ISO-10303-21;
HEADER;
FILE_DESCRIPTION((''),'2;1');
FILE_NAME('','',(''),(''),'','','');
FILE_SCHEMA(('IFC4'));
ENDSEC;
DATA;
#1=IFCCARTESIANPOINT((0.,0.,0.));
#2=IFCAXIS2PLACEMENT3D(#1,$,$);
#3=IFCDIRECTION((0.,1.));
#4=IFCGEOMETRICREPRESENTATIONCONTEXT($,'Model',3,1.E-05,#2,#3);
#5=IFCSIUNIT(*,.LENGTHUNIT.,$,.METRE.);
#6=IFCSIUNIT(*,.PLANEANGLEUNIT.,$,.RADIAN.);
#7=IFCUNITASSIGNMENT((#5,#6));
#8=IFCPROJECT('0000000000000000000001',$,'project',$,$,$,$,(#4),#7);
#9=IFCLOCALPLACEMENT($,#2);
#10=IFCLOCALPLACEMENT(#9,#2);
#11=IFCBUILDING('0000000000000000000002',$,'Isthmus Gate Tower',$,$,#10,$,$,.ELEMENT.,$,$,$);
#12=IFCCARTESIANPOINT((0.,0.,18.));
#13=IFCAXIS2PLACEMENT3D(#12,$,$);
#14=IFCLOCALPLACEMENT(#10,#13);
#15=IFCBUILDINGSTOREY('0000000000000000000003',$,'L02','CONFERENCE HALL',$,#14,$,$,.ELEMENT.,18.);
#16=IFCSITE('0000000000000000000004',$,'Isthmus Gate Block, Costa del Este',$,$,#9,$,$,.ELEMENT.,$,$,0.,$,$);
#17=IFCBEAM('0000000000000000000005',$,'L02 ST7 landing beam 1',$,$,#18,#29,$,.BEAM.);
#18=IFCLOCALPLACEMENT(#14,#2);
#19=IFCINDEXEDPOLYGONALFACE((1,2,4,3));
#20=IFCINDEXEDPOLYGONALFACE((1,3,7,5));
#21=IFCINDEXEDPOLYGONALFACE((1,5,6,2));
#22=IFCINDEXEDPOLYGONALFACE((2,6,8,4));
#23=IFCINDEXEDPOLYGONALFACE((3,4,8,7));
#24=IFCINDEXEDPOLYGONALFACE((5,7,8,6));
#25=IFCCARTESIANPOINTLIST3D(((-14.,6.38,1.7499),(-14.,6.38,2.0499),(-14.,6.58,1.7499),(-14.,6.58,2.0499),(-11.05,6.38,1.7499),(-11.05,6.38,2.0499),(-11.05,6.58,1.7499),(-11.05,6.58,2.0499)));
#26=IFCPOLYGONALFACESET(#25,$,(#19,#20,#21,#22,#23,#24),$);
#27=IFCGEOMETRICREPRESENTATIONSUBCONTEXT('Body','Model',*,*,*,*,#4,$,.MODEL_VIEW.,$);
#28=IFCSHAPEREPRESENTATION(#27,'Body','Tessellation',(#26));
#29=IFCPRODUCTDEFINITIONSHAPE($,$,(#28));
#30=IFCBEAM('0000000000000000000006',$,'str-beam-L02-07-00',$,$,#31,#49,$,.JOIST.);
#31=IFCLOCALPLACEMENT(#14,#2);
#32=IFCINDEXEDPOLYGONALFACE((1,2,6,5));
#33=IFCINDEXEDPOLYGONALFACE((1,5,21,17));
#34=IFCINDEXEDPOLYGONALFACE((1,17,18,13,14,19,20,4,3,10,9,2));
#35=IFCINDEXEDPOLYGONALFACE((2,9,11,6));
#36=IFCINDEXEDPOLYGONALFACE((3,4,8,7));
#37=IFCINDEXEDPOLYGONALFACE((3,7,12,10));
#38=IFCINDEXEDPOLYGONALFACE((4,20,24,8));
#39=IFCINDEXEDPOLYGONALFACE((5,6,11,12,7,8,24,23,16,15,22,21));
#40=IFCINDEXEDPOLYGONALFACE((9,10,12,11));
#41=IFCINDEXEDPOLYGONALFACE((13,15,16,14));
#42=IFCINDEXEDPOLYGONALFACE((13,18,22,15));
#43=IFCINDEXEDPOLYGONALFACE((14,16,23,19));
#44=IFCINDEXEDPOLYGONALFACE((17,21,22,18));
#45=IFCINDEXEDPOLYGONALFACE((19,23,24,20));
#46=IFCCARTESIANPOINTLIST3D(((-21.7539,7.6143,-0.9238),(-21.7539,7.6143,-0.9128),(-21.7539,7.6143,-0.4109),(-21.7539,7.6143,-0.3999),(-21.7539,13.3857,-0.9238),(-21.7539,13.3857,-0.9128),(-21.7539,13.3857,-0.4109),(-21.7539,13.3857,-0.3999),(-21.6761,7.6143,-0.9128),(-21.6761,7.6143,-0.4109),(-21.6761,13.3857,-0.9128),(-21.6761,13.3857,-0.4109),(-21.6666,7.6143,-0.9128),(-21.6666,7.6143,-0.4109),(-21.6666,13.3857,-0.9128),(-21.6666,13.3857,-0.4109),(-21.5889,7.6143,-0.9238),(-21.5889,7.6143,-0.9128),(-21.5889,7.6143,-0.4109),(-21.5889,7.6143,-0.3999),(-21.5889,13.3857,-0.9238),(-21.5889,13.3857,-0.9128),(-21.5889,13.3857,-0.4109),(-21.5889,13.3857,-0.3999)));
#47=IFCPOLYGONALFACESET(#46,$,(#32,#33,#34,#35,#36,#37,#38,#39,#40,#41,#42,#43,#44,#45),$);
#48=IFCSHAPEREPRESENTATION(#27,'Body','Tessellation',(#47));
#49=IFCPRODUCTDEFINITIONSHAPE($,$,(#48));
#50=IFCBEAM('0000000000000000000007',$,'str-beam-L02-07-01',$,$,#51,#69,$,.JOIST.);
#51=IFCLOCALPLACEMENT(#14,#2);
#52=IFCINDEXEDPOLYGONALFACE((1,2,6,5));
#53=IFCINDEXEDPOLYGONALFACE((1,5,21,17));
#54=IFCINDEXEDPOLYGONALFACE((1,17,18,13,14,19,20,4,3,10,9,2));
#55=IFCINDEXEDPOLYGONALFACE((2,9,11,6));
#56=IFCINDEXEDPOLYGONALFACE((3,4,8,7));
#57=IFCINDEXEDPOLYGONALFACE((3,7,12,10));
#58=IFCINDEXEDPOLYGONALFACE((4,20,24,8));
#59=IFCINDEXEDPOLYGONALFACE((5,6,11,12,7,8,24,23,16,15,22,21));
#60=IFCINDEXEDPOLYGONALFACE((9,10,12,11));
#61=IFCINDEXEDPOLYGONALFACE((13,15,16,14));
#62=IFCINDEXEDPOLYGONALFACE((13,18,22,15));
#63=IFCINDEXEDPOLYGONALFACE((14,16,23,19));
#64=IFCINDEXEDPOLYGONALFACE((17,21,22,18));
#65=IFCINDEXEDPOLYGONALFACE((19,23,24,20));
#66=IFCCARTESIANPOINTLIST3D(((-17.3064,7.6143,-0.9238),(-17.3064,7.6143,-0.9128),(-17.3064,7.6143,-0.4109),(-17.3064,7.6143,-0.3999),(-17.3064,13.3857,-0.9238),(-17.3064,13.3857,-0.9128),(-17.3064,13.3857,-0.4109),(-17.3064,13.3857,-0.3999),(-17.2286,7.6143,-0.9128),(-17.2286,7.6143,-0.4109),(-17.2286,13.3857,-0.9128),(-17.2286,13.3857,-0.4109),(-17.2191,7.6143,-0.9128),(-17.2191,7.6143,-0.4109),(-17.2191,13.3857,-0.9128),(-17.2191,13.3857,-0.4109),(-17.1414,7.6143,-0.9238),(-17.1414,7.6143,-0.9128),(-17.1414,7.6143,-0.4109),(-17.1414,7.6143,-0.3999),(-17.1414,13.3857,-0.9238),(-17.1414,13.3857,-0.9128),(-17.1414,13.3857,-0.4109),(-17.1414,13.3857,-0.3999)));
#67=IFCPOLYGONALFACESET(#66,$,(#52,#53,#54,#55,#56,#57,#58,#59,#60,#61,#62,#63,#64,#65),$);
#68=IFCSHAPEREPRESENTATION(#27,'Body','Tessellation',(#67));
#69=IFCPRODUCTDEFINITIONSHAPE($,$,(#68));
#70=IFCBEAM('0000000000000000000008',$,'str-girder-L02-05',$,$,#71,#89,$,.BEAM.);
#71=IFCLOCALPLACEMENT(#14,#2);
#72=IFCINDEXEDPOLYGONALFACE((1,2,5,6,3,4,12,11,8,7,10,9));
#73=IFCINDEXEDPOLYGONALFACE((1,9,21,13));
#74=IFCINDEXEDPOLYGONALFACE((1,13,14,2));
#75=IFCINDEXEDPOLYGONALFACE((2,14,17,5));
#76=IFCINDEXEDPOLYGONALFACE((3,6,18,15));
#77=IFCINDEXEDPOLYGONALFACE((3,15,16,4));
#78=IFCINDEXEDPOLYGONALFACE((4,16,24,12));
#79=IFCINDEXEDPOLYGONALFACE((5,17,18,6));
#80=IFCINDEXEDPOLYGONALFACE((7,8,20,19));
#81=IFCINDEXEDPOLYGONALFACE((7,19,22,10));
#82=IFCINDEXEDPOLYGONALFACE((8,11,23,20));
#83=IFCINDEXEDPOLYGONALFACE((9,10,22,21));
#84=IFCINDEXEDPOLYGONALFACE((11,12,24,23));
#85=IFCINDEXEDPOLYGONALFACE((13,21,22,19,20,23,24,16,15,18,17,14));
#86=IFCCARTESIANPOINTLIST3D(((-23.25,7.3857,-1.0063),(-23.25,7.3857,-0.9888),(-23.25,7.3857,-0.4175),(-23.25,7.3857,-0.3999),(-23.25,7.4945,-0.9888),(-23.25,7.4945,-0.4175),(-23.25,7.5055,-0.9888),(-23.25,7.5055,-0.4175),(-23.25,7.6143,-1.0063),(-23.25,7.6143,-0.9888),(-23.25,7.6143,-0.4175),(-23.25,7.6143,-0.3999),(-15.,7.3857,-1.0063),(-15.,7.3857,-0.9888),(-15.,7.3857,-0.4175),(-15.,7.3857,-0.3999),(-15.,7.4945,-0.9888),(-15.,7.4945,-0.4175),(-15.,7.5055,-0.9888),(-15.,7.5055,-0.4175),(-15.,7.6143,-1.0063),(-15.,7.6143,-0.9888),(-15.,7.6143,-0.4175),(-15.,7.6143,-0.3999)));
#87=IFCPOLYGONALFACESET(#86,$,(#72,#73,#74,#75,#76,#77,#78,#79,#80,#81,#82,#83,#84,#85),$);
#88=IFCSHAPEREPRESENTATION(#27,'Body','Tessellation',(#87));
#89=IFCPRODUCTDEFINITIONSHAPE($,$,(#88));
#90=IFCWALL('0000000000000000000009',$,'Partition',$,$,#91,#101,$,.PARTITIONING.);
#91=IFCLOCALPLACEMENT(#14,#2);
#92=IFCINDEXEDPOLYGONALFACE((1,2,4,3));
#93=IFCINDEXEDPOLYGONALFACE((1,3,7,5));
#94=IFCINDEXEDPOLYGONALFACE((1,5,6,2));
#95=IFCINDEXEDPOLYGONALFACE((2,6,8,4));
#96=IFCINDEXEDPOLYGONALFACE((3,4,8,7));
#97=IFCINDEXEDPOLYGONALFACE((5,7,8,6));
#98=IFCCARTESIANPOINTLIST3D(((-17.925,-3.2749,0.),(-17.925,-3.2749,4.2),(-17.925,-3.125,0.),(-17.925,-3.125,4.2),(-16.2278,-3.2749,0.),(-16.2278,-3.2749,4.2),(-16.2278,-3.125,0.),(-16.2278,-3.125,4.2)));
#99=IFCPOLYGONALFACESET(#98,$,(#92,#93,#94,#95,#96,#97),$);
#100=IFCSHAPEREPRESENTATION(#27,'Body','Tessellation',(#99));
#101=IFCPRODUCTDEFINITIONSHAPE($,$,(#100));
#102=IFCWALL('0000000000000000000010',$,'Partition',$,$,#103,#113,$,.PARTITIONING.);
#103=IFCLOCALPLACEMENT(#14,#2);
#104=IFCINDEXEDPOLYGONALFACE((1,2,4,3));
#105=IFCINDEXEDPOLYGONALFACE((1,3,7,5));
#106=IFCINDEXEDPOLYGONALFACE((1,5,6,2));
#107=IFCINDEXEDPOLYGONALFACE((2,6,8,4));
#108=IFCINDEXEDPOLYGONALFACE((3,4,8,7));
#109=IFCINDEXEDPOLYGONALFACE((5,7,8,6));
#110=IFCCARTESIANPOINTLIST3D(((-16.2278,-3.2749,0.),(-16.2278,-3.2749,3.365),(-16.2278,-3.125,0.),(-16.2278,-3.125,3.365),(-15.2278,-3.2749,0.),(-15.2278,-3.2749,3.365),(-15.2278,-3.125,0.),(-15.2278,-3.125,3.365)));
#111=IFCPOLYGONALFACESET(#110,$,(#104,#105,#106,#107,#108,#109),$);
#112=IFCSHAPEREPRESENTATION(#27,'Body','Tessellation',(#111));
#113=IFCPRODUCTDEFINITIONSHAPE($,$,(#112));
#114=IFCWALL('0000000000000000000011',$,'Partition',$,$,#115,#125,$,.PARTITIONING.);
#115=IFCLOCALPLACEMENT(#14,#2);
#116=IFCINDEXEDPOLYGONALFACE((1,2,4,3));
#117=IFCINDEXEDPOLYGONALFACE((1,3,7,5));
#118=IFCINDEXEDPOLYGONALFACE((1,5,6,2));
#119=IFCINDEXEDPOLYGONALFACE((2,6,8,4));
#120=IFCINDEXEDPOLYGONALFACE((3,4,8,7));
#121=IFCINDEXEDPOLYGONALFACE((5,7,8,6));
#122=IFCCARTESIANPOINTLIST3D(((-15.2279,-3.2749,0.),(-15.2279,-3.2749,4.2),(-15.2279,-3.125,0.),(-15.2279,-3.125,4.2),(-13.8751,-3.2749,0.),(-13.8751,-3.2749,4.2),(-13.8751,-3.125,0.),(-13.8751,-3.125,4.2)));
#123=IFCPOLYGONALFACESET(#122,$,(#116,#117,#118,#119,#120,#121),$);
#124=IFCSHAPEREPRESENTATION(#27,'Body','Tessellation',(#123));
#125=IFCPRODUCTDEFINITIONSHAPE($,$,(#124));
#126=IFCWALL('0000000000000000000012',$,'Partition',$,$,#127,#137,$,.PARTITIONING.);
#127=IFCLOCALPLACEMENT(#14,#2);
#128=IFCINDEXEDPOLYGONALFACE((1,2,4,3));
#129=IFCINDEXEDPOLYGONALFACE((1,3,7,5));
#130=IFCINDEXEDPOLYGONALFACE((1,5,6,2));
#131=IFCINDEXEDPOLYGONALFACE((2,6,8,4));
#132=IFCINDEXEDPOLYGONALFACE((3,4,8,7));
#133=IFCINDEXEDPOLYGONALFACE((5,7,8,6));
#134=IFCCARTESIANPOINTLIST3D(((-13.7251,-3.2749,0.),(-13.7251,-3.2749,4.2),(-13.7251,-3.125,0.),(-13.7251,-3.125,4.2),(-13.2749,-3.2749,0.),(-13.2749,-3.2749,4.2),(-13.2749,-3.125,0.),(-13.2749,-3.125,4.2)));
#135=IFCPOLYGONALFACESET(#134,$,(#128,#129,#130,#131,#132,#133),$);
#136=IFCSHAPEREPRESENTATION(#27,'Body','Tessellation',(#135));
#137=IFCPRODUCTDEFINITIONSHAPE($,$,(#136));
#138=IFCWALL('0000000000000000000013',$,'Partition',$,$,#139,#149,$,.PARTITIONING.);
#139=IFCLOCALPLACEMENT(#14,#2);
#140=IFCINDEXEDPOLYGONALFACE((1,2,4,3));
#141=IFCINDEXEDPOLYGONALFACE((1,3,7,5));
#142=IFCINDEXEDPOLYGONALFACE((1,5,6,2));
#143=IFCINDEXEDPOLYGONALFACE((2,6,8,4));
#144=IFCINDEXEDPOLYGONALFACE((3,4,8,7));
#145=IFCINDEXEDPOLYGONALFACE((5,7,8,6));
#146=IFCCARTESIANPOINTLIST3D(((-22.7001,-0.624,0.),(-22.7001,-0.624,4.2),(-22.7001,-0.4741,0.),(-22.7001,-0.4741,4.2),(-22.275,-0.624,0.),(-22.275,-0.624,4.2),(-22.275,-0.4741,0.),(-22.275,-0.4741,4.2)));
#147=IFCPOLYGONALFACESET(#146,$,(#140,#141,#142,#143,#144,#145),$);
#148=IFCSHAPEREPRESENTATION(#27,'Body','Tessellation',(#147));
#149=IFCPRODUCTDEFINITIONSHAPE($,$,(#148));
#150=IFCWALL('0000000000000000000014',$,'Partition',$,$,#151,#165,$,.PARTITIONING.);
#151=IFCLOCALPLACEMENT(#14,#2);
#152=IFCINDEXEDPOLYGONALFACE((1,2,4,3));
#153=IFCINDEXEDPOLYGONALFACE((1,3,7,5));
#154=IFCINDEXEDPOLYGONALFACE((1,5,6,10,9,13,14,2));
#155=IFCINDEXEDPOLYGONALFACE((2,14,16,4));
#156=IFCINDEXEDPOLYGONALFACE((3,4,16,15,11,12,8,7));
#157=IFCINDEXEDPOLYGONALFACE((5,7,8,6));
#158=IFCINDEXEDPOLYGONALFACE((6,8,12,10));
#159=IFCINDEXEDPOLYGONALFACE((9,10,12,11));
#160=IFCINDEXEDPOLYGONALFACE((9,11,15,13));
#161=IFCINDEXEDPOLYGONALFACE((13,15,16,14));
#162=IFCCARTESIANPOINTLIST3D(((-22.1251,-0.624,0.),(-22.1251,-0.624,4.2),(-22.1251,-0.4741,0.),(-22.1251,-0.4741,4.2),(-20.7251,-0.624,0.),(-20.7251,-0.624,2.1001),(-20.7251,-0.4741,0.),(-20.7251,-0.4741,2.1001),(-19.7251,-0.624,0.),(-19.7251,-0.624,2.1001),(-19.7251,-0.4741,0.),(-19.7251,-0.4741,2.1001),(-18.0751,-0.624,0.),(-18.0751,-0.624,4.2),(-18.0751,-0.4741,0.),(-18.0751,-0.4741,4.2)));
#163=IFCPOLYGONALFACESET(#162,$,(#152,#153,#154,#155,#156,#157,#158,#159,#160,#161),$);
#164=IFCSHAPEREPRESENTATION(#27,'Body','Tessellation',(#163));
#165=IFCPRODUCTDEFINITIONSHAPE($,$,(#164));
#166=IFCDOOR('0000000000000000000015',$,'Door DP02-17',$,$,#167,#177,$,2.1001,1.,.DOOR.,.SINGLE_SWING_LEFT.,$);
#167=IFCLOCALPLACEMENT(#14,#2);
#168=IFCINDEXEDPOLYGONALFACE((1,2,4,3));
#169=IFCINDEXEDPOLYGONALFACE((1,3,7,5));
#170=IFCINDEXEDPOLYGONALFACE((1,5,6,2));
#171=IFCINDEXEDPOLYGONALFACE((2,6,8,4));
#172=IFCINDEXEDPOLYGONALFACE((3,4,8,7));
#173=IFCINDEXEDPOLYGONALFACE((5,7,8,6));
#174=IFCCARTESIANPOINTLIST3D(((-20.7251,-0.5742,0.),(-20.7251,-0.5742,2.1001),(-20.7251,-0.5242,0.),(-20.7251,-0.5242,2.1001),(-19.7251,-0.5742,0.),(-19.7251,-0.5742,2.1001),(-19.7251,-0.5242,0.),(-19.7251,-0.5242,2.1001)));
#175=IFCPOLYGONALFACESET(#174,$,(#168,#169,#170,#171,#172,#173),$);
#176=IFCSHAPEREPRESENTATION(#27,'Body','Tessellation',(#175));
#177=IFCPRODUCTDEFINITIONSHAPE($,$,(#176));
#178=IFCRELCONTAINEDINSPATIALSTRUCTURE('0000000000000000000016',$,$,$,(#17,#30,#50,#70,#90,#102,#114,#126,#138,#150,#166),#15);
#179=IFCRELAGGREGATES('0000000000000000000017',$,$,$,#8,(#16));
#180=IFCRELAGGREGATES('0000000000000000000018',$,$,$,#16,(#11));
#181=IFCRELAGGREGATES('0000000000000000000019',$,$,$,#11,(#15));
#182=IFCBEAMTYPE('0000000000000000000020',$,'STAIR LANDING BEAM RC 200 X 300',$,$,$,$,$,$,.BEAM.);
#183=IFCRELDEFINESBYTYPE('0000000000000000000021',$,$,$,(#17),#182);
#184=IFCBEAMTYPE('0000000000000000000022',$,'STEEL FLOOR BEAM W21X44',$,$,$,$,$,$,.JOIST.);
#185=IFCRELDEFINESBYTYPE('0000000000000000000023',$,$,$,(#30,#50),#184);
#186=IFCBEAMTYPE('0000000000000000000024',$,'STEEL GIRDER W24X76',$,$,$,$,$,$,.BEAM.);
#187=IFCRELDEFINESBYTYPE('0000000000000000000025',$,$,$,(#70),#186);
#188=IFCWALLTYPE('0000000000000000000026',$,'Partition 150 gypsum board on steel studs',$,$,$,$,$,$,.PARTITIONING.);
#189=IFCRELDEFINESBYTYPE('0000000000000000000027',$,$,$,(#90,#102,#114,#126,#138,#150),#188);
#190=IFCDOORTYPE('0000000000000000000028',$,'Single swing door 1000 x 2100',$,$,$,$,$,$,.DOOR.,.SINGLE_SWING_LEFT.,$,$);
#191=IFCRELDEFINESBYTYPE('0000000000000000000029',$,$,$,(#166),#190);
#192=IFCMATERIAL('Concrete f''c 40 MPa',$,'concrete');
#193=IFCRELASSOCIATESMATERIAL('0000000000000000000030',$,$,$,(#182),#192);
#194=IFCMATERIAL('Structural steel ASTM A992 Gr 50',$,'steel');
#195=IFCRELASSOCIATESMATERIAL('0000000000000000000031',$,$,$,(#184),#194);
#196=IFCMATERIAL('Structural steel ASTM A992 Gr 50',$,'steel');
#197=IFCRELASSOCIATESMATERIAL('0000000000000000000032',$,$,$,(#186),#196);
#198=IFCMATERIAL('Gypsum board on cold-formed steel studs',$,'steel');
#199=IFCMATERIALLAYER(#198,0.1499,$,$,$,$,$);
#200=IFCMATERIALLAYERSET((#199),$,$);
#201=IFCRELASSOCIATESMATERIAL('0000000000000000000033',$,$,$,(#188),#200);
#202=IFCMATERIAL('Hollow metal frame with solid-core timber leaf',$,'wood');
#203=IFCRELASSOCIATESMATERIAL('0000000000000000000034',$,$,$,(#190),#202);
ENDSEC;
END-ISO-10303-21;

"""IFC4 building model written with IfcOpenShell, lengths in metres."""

from ifc_helpers import new_model, si_unit, direction, frame, frame_2d, origin, origin_2d, place, context, subcontext, project, spatial, rectangle, i_section, extrude, material, layer, layer_set, material_profile, profile_set, type_object, element, fill, save


model = new_model("IFC4")

# Units and contexts
model_context = context("Model", 3, precision=1e-05, world=origin(), true_north=direction((0.0, 1.0)))
body_context = subcontext(model_context, "Body", "Model", "MODEL_VIEW")
ifc_project = project(units=[si_unit("LENGTHUNIT", "METRE"), si_unit("PLANEANGLEUNIT", "RADIAN")], contexts=[model_context])

# Site, building, storey
site_placement = place(None, origin())
site = spatial("IfcSite", under=ifc_project, at=site_placement, Name="Isthmus Gate Block, Costa del Este", CompositionType="ELEMENT", RefElevation=0.0)
building_placement = place(site_placement, origin())
building = spatial("IfcBuilding", under=site, at=building_placement, Name="Isthmus Gate Tower", CompositionType="ELEMENT")
storey_placement = place(building_placement, frame((0.0, 0.0, 18.0)))
storey = spatial("IfcBuildingStorey", under=building, at=storey_placement, Name="L02", Description="CONFERENCE HALL", CompositionType="ELEMENT", Elevation=18.0)

# Beams
ifc_material_1 = material(Name="Concrete f'c 40 MPa", Category="concrete")
ifc_material_profile_1 = material_profile(ifc_material_1, rectangle(XDim=0.2, YDim=0.3, at=origin_2d()), Name="STAIR LANDING BEAM RC 200 X 300")
ifc_profile_set_1 = profile_set([ifc_material_profile_1], Name="Concrete f'c 40 MPa")
beam_type_1 = type_object("IfcBeamType", Name="STAIR LANDING BEAM RC 200 X 300", PredefinedType="BEAM", material=ifc_profile_set_1)
beam_1_placement = place(storey_placement, frame((-14.0, 6.48, 1.8999), z_axis=(1.0, 0.0, 0.0), x_axis=(0.0, 1.0, 0.0)))
element("IfcBeam", 1, at=beam_1_placement, inside=storey, type_object=beam_type_1, Name="L02 ST7 landing beam 1", PredefinedType="BEAM", context=body_context, shape_type="SweptSolid", body=[
    extrude(rectangle(XDim=0.2, YDim=0.3, at=origin_2d()), origin(), (0.0, 0.0, 1.0), 2.95),
])
ifc_material_2 = material(Name="Structural steel ASTM A992 Gr 50", Category="steel")
ifc_material_profile_2 = material_profile(ifc_material_2, i_section(OverallWidth=0.165, OverallDepth=0.5239, WebThickness=0.0095, FlangeThickness=0.011, at=origin_2d()), Name="W21X44")
ifc_profile_set_2 = profile_set([ifc_material_profile_2], Name="Structural steel ASTM A992 Gr 50")
beam_type_2 = type_object("IfcBeamType", Name="STEEL FLOOR BEAM W21X44", PredefinedType="JOIST", material=ifc_profile_set_2)
for number, where, z_axis, x_axis, name in (
    (2, (-21.6714, 7.6143, -0.6619), (0.0, 1.0, 0.0), (-1.0, 0.0, 0.0), "str-beam-L02-07-00"),
    (3, (-17.2239, 7.6143, -0.6619), (0.0, 1.0, 0.0), (-1.0, 0.0, 0.0), "str-beam-L02-07-01"),
):
    element("IfcBeam", number, at=place(storey_placement, frame(where, z_axis=z_axis, x_axis=x_axis)), inside=storey, type_object=beam_type_2, Name=name, PredefinedType="JOIST", context=body_context, shape_type="SweptSolid", body=[
        extrude(i_section(OverallWidth=0.165, OverallDepth=0.5239, WebThickness=0.0095, FlangeThickness=0.011, at=origin_2d()), origin(), (0.0, 0.0, 1.0), 5.7715),
    ])
ifc_material_3 = material(Name="Structural steel ASTM A992 Gr 50", Category="steel")
ifc_material_profile_3 = material_profile(ifc_material_3, i_section(OverallWidth=0.2285, OverallDepth=0.6064, WebThickness=0.011, FlangeThickness=0.0176, at=origin_2d()), Name="W24X76")
ifc_profile_set_3 = profile_set([ifc_material_profile_3], Name="Structural steel ASTM A992 Gr 50")
beam_type_3 = type_object("IfcBeamType", Name="STEEL GIRDER W24X76", PredefinedType="BEAM", material=ifc_profile_set_3)
beam_2_placement = place(storey_placement, frame((-23.25, 7.5, -0.7031), z_axis=(1.0, 0.0, 0.0), x_axis=(0.0, 1.0, 0.0)))
element("IfcBeam", 4, at=beam_2_placement, inside=storey, type_object=beam_type_3, Name="str-girder-L02-05", PredefinedType="BEAM", context=body_context, shape_type="SweptSolid", body=[
    extrude(i_section(OverallWidth=0.2285, OverallDepth=0.6064, WebThickness=0.011, FlangeThickness=0.0176, at=origin_2d()), origin(), (0.0, 0.0, 1.0), 8.25),
])

# Walls
ifc_material_4 = material(Name="Gypsum board on cold-formed steel studs", Category="steel")
ifc_layer_1 = layer(ifc_material_4, 0.1499)
ifc_layer_set_1 = layer_set([ifc_layer_1])
wall_type_1 = type_object("IfcWallType", Name="Partition 150 gypsum board on steel studs", PredefinedType="PARTITIONING", material=ifc_layer_set_1)
wall_1_placement = place(storey_placement, frame((-17.925, -3.2, 0.0), z_axis=(0.0, 0.0, 1.0), x_axis=(1.0, 0.0, 0.0)))
element("IfcWall", 5, at=wall_1_placement, inside=storey, type_object=wall_type_1, Name="Partition", PredefinedType="PARTITIONING", context=body_context, shape_type="SweptSolid", body=[
    extrude(rectangle(XDim=1.6973, YDim=0.1499, at=frame_2d((0.8486, 0.0))), origin(), (0.0, 0.0, 1.0), 4.2),
])
wall_2_placement = place(storey_placement, frame((-16.2278, -3.2, 0.0), z_axis=(0.0, 0.0, 1.0), x_axis=(1.0, 0.0, 0.0)))
element("IfcWall", 6, at=wall_2_placement, inside=storey, type_object=wall_type_1, Name="Partition", PredefinedType="PARTITIONING", context=body_context, shape_type="SweptSolid", body=[
    extrude(rectangle(XDim=1.0, YDim=0.1499, at=frame_2d((0.5, 0.0))), origin(), (0.0, 0.0, 1.0), 3.365),
])
wall_3_placement = place(storey_placement, frame((-15.2278, -3.2, 0.0), z_axis=(0.0, 0.0, 1.0), x_axis=(1.0, 0.0, 0.0)))
element("IfcWall", 7, at=wall_3_placement, inside=storey, type_object=wall_type_1, Name="Partition", PredefinedType="PARTITIONING", context=body_context, shape_type="SweptSolid", body=[
    extrude(rectangle(XDim=1.3528, YDim=0.1499, at=frame_2d((0.6763, 0.0))), origin(), (0.0, 0.0, 1.0), 4.2),
])
wall_4_placement = place(storey_placement, frame((-13.7251, -3.2, 0.0), z_axis=(0.0, 0.0, 1.0), x_axis=(1.0, 0.0, 0.0)))
element("IfcWall", 8, at=wall_4_placement, inside=storey, type_object=wall_type_1, Name="Partition", PredefinedType="PARTITIONING", context=body_context, shape_type="SweptSolid", body=[
    extrude(rectangle(XDim=0.4502, YDim=0.1499, at=frame_2d((0.2251, 0.0))), origin(), (0.0, 0.0, 1.0), 4.2),
])
wall_5_placement = place(storey_placement, frame((-22.7, -0.5491, 0.0), z_axis=(0.0, 0.0, 1.0), x_axis=(1.0, 0.0, 0.0)))
element("IfcWall", 9, at=wall_5_placement, inside=storey, type_object=wall_type_1, Name="Partition", PredefinedType="PARTITIONING", context=body_context, shape_type="SweptSolid", body=[
    extrude(rectangle(XDim=0.425, YDim=0.1499, at=frame_2d((0.2124, 0.0))), origin(), (0.0, 0.0, 1.0), 4.2),
])

# Wall, opening, door
wall_6_placement = place(storey_placement, frame((-22.125, -0.5491, 0.0), z_axis=(0.0, 0.0, 1.0), x_axis=(1.0, 0.0, 0.0)))
wall_6 = element("IfcWall", 10, at=wall_6_placement, inside=storey, type_object=wall_type_1, Name="Partition", PredefinedType="PARTITIONING", context=body_context, shape_type="SweptSolid", body=[
    extrude(rectangle(XDim=4.05, YDim=0.1499, at=frame_2d((2.0249, 0.0))), origin(), (0.0, 0.0, 1.0), 4.2),
])
opening_1_placement = place(wall_6_placement, frame((1.3999, 0.0, 0.0)))
opening_1 = element("IfcOpeningElement", 11, at=opening_1_placement, cuts=wall_6, PredefinedType="OPENING", context=body_context, shape_type="SweptSolid", body=[
    extrude(rectangle(XDim=1.0, YDim=2.1001, at=frame_2d((0.5, 1.05))), frame((0.0, 0.085, 0.0), z_axis=(0.0, -1.0, 0.0), x_axis=(1.0, 0.0, 0.0)), (0.0, 0.0, 1.0), 0.1699),
])
ifc_material_5 = material(Name="Hollow metal frame with solid-core timber leaf", Category="wood")
door_type_1 = type_object("IfcDoorType", Name="Single swing door 1000 x 2100", OperationType="SINGLE_SWING_LEFT", PredefinedType="DOOR", material=ifc_material_5)
door_1_placement = place(opening_1_placement, origin())
door_1 = element("IfcDoor", 12, at=door_1_placement, inside=storey, type_object=door_type_1, Name="Door DP02-17", OperationType="SINGLE_SWING_LEFT", OverallHeight=2.1001, OverallWidth=1.0, PredefinedType="DOOR", context=body_context, shape_type="SweptSolid", body=[
    extrude(rectangle(XDim=1.0, YDim=2.1001, at=frame_2d((0.5, 1.05))), frame((0.0, 0.0249, 0.0), z_axis=(0.0, -1.0, 0.0), x_axis=(1.0, 0.0, 0.0)), (0.0, 0.0, 1.0), 0.05),
])
fill(opening_1, door_1)

save(model, "model.ifc")
